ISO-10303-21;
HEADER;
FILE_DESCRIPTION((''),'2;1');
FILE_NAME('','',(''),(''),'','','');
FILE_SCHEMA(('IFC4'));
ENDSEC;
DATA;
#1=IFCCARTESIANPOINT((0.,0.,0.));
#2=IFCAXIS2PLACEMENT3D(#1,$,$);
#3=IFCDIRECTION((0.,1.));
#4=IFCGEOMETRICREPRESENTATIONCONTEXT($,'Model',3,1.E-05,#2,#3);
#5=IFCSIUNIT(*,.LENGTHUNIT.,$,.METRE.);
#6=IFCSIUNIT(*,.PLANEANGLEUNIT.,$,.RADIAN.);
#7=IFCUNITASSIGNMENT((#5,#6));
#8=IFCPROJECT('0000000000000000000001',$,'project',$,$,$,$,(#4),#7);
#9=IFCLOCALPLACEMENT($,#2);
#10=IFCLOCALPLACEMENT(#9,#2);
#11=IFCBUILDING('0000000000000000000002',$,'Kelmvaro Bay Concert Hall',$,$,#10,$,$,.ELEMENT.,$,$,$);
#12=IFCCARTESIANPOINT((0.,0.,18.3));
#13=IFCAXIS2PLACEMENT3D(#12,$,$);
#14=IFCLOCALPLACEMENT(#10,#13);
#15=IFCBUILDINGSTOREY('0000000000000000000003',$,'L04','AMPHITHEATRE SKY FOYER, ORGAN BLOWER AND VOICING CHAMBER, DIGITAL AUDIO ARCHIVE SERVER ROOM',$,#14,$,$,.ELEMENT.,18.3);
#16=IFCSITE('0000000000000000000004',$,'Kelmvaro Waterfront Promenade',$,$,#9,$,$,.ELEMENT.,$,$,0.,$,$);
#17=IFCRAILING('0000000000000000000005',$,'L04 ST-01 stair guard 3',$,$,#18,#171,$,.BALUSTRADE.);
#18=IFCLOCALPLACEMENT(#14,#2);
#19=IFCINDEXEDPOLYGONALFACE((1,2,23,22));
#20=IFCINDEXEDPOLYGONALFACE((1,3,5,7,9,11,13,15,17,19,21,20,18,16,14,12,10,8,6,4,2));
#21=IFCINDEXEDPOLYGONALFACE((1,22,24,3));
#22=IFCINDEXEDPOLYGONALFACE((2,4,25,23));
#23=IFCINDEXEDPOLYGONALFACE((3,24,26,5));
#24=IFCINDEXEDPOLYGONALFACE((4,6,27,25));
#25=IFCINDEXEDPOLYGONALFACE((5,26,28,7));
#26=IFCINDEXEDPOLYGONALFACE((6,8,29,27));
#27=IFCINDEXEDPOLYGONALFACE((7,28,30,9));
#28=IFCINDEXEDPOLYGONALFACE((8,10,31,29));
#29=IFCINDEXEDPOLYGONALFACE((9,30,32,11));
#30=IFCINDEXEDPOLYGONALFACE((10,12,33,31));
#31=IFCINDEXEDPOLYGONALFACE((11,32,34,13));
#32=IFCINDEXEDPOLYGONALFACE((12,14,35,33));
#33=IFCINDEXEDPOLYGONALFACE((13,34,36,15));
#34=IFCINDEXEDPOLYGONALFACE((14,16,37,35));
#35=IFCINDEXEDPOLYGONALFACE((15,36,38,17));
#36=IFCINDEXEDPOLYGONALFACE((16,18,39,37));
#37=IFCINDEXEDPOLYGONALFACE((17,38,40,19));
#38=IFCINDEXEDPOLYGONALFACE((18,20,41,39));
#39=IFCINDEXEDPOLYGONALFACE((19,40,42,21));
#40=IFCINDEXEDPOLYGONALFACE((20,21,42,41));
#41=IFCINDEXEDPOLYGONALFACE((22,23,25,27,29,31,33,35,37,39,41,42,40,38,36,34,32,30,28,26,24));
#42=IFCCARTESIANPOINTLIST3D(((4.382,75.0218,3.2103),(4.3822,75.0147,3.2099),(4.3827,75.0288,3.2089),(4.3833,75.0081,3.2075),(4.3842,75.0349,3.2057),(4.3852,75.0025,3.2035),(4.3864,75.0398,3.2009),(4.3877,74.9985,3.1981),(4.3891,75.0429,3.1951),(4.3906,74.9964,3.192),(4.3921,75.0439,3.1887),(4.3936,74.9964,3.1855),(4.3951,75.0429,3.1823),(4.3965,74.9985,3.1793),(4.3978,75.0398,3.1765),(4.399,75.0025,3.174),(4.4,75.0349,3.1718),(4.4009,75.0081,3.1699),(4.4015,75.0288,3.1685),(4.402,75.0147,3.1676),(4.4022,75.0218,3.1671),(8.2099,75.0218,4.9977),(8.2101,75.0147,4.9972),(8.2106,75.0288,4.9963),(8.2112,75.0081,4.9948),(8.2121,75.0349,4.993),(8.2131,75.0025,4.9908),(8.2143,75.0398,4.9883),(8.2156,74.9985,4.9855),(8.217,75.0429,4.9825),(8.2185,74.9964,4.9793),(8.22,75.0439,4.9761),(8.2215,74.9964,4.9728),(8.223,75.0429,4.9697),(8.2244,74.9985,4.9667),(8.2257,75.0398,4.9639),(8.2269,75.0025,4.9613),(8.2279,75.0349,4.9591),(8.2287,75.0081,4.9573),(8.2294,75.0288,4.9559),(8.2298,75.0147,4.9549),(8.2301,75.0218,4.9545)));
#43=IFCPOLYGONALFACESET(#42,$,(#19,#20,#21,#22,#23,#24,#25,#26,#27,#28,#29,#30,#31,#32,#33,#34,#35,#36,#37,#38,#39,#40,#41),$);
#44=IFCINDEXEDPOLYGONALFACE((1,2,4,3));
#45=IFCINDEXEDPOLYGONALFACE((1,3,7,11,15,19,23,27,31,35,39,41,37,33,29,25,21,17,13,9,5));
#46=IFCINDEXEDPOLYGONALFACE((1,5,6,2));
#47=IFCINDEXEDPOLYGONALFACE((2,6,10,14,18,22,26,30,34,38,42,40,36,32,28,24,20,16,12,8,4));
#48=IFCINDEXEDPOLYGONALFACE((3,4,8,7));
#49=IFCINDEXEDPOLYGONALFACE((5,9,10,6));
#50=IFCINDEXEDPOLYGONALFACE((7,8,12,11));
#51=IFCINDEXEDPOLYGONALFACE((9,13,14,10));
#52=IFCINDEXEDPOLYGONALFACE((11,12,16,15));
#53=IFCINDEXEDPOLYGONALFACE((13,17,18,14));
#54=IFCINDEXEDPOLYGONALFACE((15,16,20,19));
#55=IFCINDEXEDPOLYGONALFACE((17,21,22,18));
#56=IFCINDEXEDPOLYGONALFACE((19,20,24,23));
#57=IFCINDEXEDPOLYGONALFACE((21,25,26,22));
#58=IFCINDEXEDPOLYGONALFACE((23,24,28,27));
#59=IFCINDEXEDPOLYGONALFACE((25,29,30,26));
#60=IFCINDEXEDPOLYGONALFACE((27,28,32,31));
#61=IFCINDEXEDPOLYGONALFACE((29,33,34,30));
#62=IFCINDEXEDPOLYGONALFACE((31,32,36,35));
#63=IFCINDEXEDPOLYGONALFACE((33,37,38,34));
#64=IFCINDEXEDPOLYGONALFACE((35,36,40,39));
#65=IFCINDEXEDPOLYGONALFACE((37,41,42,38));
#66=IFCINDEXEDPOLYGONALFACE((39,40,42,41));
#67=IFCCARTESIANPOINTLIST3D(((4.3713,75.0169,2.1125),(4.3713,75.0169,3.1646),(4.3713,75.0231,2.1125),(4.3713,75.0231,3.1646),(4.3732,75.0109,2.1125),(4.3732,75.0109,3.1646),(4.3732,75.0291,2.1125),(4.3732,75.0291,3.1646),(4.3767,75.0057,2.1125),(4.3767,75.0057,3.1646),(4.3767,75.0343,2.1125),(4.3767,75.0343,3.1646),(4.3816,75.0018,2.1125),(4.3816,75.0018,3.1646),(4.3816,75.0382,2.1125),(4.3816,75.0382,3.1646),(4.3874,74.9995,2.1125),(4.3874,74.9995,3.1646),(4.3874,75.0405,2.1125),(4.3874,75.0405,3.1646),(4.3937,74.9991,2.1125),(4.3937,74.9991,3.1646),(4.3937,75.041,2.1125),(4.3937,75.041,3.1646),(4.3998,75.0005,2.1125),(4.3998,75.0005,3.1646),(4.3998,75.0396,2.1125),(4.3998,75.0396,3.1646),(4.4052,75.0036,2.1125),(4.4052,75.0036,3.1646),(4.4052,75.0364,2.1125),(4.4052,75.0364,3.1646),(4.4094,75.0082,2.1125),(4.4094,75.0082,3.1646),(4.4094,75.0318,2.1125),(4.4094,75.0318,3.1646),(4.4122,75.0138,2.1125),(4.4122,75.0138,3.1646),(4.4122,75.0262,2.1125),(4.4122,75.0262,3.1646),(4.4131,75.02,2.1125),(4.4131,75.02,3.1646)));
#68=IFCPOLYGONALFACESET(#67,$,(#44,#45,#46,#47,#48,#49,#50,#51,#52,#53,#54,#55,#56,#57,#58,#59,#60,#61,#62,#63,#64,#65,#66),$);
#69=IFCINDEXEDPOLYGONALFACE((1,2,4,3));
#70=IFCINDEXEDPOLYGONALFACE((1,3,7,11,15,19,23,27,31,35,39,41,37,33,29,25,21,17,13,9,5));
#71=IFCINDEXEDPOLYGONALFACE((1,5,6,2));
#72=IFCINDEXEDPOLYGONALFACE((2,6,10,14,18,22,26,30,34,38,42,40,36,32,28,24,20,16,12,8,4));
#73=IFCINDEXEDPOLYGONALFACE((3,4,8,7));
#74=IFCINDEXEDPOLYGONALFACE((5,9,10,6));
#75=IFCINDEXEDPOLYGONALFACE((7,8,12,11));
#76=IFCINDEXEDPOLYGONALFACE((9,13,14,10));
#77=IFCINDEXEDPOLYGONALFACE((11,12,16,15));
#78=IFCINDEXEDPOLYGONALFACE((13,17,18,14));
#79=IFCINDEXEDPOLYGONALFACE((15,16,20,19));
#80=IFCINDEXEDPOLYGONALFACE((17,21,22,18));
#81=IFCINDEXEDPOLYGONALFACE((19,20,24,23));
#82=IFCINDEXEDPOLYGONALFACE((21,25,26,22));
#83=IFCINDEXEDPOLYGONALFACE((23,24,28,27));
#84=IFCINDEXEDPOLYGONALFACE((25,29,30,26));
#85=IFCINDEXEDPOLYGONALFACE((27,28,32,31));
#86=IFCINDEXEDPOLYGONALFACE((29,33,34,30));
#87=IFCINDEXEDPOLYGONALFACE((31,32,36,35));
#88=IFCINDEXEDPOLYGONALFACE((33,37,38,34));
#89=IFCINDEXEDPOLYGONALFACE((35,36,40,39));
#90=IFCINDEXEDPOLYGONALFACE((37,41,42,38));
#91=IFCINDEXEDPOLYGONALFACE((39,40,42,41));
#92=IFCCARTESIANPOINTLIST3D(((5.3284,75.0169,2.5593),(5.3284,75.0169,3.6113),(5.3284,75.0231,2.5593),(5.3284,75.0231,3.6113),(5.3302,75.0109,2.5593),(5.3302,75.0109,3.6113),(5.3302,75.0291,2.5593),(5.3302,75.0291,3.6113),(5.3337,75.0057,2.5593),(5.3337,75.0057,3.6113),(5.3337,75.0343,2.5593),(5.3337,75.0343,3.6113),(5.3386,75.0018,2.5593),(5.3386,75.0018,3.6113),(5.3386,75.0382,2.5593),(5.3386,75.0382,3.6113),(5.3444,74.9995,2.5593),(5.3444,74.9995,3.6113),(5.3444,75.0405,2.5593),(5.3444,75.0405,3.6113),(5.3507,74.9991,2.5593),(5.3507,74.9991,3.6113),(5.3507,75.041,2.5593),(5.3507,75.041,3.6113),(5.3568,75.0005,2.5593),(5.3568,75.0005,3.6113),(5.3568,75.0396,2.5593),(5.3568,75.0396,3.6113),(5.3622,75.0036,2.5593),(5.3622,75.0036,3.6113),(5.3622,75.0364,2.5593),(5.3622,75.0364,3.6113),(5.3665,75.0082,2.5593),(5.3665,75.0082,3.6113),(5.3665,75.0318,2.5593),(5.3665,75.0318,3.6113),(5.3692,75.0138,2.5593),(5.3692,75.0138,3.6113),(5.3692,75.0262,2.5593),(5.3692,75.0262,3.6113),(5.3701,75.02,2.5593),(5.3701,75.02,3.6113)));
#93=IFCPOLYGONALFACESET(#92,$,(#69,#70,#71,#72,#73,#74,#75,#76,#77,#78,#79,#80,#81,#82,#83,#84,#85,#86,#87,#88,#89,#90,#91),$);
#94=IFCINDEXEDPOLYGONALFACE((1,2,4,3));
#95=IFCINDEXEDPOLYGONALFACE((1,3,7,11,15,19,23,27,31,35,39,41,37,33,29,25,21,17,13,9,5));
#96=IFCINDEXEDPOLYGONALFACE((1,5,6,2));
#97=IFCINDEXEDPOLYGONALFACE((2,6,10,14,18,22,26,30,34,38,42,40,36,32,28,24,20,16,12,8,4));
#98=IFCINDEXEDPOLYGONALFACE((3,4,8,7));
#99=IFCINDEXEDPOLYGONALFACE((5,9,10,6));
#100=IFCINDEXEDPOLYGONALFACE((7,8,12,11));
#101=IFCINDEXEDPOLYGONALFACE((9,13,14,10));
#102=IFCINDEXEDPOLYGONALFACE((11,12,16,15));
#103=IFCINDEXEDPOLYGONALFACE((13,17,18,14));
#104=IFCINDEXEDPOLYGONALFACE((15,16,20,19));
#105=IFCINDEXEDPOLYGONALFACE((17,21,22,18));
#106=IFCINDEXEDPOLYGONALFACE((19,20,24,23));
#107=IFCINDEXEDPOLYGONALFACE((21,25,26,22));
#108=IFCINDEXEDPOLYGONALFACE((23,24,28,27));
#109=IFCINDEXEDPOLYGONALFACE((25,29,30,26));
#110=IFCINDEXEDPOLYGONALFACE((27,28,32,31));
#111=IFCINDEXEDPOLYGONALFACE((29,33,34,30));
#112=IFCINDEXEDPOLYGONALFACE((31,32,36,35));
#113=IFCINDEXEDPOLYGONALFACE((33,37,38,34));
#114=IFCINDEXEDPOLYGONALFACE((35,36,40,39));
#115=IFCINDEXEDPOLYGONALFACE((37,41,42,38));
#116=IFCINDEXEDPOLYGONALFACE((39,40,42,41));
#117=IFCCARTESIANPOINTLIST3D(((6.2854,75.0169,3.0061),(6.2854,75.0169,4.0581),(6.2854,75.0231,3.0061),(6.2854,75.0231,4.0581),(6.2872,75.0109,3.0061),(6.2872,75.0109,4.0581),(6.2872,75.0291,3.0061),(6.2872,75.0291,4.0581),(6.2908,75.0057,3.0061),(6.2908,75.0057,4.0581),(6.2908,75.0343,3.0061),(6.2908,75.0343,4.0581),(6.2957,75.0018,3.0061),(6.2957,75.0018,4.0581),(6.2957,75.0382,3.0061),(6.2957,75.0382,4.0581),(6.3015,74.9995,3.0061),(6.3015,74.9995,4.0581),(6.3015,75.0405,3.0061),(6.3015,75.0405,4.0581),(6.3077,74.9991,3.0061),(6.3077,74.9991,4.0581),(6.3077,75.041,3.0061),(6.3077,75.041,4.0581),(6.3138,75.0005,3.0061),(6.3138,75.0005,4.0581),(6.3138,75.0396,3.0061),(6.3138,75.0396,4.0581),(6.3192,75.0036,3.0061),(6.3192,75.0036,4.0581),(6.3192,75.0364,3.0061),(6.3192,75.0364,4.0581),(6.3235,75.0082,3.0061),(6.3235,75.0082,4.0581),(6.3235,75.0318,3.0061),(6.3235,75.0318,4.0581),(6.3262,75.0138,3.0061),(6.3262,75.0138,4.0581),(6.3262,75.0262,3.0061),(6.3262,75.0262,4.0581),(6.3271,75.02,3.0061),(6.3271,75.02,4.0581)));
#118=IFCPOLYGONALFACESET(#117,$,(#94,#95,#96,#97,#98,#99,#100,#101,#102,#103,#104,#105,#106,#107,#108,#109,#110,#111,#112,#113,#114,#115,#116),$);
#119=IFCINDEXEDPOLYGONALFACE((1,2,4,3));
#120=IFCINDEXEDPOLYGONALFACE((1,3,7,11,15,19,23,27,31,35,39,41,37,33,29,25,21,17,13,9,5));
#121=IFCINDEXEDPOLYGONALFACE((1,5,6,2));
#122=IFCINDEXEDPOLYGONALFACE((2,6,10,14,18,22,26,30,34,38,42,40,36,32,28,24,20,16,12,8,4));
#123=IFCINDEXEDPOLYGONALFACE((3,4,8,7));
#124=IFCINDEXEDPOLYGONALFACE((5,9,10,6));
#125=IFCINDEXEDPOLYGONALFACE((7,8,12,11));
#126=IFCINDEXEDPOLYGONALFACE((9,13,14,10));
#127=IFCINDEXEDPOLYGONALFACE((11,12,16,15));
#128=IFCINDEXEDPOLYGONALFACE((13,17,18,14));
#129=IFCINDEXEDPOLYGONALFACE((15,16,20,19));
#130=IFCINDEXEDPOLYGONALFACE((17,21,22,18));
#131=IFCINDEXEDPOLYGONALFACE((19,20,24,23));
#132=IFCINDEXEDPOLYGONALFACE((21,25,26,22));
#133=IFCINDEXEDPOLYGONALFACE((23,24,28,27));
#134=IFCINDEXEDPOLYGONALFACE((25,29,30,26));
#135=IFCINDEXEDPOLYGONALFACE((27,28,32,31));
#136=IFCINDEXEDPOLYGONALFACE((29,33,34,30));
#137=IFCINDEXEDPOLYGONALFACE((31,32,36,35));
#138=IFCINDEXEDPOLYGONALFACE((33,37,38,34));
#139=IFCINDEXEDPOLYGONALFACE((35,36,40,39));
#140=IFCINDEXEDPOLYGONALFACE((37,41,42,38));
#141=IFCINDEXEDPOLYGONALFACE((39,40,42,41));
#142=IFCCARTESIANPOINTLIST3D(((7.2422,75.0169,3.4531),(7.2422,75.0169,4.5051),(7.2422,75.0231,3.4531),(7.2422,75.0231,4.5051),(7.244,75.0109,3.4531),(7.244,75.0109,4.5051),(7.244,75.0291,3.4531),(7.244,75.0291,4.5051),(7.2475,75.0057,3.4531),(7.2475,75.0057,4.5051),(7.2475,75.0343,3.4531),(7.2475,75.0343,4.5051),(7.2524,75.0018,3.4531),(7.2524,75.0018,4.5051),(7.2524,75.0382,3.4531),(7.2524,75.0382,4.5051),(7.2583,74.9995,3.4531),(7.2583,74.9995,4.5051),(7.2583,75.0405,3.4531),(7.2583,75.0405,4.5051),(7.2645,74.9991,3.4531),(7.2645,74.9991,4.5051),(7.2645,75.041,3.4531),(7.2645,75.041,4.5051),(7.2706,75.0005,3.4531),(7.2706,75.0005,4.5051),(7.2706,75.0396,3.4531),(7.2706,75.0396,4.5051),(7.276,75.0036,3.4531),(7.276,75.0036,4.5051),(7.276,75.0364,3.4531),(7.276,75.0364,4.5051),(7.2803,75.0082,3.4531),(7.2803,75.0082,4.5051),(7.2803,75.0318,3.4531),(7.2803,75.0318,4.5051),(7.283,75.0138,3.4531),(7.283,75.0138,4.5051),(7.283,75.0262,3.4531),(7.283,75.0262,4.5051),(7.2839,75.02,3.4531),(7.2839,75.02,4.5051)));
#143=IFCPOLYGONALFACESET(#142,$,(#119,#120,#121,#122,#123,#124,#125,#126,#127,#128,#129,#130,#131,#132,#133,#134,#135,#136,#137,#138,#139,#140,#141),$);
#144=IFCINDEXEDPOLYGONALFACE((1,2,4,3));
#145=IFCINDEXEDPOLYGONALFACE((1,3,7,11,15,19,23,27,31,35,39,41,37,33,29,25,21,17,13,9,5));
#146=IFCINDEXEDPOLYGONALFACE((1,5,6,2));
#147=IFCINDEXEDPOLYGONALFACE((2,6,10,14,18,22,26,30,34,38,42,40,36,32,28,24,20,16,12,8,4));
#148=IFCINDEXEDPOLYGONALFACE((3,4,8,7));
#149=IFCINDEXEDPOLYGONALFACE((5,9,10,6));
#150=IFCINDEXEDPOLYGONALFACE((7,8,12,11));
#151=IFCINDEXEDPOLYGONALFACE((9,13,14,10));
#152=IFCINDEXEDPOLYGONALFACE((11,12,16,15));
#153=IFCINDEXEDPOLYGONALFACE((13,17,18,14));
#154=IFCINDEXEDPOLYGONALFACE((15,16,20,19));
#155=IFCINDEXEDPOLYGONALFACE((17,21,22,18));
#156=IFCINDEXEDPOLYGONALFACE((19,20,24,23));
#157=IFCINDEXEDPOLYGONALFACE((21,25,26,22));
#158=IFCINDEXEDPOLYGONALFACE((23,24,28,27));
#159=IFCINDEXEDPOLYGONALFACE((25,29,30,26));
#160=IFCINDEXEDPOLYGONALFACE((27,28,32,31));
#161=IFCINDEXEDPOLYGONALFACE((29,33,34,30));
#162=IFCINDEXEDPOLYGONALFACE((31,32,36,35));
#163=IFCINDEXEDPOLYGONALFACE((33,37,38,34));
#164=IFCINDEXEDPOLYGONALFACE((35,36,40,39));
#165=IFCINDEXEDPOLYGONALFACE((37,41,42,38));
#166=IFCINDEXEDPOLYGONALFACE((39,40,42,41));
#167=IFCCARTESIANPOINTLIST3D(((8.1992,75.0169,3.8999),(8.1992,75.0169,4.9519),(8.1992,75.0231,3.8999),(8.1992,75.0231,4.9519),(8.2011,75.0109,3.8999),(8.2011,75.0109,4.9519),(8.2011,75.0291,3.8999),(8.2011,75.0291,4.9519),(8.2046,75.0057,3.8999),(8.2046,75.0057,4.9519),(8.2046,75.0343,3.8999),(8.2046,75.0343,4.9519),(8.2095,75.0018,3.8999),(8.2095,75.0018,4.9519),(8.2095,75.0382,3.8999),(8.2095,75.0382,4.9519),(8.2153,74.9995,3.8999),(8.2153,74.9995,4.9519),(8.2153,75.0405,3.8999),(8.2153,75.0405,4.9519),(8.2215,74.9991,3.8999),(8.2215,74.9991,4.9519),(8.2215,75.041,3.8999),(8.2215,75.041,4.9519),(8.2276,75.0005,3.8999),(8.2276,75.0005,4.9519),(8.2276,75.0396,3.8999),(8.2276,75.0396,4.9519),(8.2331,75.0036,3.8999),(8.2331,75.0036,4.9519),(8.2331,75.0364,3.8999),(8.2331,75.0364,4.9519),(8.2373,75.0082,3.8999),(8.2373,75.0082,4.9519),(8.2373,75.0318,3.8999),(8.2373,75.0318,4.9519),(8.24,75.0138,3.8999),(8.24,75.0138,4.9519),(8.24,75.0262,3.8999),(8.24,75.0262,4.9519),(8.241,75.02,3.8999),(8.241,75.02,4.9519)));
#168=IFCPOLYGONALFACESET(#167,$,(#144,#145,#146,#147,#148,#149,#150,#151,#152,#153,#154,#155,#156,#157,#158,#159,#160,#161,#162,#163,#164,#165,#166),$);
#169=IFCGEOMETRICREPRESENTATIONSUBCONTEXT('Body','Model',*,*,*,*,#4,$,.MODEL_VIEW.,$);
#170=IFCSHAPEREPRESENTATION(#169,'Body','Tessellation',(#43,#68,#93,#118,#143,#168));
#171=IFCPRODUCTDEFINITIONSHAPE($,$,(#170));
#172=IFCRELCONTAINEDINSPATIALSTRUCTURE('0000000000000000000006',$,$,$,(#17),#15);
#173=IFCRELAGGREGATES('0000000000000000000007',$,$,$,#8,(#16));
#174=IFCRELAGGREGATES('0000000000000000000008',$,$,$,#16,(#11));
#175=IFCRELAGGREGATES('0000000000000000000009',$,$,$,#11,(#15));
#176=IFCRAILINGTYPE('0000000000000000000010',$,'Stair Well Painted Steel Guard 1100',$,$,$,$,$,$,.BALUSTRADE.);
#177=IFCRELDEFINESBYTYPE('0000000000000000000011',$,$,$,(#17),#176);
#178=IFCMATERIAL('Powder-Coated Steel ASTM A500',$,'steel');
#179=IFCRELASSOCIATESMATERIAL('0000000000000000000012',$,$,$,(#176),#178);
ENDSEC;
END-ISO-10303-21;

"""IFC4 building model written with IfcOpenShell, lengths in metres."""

from ifc_helpers import new_model, si_unit, direction, frame, origin, origin_2d, place, context, subcontext, project, spatial, circle, extrude, material, type_object, element, save


model = new_model("IFC4")

# Units and contexts
model_context = context("Model", 3, precision=1e-05, world=origin(), true_north=direction((0.0, 1.0)))
body_context = subcontext(model_context, "Body", "Model", "MODEL_VIEW")
ifc_project = project(units=[si_unit("LENGTHUNIT", "METRE"), si_unit("PLANEANGLEUNIT", "RADIAN")], contexts=[model_context])

# Site, building, storey
site_placement = place(None, origin())
site = spatial("IfcSite", under=ifc_project, at=site_placement, Name="Kelmvaro Waterfront Promenade", CompositionType="ELEMENT", RefElevation=0.0)
building_placement = place(site_placement, origin())
building = spatial("IfcBuilding", under=site, at=building_placement, Name="Kelmvaro Bay Concert Hall", CompositionType="ELEMENT")
storey_placement = place(building_placement, frame((0.0, 0.0, 18.3)))
storey = spatial("IfcBuildingStorey", under=building, at=storey_placement, Name="L04", Description="AMPHITHEATRE SKY FOYER, ORGAN BLOWER AND VOICING CHAMBER, DIGITAL AUDIO ARCHIVE SERVER ROOM", CompositionType="ELEMENT", Elevation=18.3)

# Railing
ifc_material_1 = material(Name="Powder-Coated Steel ASTM A500", Category="steel")
railing_type_1 = type_object("IfcRailingType", Name="Stair Well Painted Steel Guard 1100", PredefinedType="BALUSTRADE", material=ifc_material_1)
railing_1_placement = place(storey_placement, frame((4.3921, 75.02, 2.1125)))
element("IfcRailing", 1, at=railing_1_placement, inside=storey, type_object=railing_type_1, Name="L04 ST-01 stair guard 3", PredefinedType="BALUSTRADE", context=body_context, shape_type="SweptSolid", body=[
    extrude(circle(Radius=0.0239, at=origin_2d()), frame((0.0, 0.0, 1.0762), z_axis=(0.906092, 0.0, 0.423082), x_axis=(0.0, 1.0, 0.0)), (0.0, 0.0, 1.0), 4.2246),
    extrude(circle(Radius=0.021, at=origin_2d()), origin(), (0.0, 0.0, 1.0), 1.052),
    extrude(circle(Radius=0.021, at=origin_2d()), frame((0.957, 0.0, 0.4468)), (0.0, 0.0, 1.0), 1.052),
    extrude(circle(Radius=0.021, at=origin_2d()), frame((1.9141, 0.0, 0.8936)), (0.0, 0.0, 1.0), 1.052),
    extrude(circle(Radius=0.021, at=origin_2d()), frame((2.8708, 0.0, 1.3406)), (0.0, 0.0, 1.0), 1.052),
    extrude(circle(Radius=0.021, at=origin_2d()), frame((3.8279, 0.0, 1.7874)), (0.0, 0.0, 1.0), 1.052),
])

save(model, "model.ifc")
